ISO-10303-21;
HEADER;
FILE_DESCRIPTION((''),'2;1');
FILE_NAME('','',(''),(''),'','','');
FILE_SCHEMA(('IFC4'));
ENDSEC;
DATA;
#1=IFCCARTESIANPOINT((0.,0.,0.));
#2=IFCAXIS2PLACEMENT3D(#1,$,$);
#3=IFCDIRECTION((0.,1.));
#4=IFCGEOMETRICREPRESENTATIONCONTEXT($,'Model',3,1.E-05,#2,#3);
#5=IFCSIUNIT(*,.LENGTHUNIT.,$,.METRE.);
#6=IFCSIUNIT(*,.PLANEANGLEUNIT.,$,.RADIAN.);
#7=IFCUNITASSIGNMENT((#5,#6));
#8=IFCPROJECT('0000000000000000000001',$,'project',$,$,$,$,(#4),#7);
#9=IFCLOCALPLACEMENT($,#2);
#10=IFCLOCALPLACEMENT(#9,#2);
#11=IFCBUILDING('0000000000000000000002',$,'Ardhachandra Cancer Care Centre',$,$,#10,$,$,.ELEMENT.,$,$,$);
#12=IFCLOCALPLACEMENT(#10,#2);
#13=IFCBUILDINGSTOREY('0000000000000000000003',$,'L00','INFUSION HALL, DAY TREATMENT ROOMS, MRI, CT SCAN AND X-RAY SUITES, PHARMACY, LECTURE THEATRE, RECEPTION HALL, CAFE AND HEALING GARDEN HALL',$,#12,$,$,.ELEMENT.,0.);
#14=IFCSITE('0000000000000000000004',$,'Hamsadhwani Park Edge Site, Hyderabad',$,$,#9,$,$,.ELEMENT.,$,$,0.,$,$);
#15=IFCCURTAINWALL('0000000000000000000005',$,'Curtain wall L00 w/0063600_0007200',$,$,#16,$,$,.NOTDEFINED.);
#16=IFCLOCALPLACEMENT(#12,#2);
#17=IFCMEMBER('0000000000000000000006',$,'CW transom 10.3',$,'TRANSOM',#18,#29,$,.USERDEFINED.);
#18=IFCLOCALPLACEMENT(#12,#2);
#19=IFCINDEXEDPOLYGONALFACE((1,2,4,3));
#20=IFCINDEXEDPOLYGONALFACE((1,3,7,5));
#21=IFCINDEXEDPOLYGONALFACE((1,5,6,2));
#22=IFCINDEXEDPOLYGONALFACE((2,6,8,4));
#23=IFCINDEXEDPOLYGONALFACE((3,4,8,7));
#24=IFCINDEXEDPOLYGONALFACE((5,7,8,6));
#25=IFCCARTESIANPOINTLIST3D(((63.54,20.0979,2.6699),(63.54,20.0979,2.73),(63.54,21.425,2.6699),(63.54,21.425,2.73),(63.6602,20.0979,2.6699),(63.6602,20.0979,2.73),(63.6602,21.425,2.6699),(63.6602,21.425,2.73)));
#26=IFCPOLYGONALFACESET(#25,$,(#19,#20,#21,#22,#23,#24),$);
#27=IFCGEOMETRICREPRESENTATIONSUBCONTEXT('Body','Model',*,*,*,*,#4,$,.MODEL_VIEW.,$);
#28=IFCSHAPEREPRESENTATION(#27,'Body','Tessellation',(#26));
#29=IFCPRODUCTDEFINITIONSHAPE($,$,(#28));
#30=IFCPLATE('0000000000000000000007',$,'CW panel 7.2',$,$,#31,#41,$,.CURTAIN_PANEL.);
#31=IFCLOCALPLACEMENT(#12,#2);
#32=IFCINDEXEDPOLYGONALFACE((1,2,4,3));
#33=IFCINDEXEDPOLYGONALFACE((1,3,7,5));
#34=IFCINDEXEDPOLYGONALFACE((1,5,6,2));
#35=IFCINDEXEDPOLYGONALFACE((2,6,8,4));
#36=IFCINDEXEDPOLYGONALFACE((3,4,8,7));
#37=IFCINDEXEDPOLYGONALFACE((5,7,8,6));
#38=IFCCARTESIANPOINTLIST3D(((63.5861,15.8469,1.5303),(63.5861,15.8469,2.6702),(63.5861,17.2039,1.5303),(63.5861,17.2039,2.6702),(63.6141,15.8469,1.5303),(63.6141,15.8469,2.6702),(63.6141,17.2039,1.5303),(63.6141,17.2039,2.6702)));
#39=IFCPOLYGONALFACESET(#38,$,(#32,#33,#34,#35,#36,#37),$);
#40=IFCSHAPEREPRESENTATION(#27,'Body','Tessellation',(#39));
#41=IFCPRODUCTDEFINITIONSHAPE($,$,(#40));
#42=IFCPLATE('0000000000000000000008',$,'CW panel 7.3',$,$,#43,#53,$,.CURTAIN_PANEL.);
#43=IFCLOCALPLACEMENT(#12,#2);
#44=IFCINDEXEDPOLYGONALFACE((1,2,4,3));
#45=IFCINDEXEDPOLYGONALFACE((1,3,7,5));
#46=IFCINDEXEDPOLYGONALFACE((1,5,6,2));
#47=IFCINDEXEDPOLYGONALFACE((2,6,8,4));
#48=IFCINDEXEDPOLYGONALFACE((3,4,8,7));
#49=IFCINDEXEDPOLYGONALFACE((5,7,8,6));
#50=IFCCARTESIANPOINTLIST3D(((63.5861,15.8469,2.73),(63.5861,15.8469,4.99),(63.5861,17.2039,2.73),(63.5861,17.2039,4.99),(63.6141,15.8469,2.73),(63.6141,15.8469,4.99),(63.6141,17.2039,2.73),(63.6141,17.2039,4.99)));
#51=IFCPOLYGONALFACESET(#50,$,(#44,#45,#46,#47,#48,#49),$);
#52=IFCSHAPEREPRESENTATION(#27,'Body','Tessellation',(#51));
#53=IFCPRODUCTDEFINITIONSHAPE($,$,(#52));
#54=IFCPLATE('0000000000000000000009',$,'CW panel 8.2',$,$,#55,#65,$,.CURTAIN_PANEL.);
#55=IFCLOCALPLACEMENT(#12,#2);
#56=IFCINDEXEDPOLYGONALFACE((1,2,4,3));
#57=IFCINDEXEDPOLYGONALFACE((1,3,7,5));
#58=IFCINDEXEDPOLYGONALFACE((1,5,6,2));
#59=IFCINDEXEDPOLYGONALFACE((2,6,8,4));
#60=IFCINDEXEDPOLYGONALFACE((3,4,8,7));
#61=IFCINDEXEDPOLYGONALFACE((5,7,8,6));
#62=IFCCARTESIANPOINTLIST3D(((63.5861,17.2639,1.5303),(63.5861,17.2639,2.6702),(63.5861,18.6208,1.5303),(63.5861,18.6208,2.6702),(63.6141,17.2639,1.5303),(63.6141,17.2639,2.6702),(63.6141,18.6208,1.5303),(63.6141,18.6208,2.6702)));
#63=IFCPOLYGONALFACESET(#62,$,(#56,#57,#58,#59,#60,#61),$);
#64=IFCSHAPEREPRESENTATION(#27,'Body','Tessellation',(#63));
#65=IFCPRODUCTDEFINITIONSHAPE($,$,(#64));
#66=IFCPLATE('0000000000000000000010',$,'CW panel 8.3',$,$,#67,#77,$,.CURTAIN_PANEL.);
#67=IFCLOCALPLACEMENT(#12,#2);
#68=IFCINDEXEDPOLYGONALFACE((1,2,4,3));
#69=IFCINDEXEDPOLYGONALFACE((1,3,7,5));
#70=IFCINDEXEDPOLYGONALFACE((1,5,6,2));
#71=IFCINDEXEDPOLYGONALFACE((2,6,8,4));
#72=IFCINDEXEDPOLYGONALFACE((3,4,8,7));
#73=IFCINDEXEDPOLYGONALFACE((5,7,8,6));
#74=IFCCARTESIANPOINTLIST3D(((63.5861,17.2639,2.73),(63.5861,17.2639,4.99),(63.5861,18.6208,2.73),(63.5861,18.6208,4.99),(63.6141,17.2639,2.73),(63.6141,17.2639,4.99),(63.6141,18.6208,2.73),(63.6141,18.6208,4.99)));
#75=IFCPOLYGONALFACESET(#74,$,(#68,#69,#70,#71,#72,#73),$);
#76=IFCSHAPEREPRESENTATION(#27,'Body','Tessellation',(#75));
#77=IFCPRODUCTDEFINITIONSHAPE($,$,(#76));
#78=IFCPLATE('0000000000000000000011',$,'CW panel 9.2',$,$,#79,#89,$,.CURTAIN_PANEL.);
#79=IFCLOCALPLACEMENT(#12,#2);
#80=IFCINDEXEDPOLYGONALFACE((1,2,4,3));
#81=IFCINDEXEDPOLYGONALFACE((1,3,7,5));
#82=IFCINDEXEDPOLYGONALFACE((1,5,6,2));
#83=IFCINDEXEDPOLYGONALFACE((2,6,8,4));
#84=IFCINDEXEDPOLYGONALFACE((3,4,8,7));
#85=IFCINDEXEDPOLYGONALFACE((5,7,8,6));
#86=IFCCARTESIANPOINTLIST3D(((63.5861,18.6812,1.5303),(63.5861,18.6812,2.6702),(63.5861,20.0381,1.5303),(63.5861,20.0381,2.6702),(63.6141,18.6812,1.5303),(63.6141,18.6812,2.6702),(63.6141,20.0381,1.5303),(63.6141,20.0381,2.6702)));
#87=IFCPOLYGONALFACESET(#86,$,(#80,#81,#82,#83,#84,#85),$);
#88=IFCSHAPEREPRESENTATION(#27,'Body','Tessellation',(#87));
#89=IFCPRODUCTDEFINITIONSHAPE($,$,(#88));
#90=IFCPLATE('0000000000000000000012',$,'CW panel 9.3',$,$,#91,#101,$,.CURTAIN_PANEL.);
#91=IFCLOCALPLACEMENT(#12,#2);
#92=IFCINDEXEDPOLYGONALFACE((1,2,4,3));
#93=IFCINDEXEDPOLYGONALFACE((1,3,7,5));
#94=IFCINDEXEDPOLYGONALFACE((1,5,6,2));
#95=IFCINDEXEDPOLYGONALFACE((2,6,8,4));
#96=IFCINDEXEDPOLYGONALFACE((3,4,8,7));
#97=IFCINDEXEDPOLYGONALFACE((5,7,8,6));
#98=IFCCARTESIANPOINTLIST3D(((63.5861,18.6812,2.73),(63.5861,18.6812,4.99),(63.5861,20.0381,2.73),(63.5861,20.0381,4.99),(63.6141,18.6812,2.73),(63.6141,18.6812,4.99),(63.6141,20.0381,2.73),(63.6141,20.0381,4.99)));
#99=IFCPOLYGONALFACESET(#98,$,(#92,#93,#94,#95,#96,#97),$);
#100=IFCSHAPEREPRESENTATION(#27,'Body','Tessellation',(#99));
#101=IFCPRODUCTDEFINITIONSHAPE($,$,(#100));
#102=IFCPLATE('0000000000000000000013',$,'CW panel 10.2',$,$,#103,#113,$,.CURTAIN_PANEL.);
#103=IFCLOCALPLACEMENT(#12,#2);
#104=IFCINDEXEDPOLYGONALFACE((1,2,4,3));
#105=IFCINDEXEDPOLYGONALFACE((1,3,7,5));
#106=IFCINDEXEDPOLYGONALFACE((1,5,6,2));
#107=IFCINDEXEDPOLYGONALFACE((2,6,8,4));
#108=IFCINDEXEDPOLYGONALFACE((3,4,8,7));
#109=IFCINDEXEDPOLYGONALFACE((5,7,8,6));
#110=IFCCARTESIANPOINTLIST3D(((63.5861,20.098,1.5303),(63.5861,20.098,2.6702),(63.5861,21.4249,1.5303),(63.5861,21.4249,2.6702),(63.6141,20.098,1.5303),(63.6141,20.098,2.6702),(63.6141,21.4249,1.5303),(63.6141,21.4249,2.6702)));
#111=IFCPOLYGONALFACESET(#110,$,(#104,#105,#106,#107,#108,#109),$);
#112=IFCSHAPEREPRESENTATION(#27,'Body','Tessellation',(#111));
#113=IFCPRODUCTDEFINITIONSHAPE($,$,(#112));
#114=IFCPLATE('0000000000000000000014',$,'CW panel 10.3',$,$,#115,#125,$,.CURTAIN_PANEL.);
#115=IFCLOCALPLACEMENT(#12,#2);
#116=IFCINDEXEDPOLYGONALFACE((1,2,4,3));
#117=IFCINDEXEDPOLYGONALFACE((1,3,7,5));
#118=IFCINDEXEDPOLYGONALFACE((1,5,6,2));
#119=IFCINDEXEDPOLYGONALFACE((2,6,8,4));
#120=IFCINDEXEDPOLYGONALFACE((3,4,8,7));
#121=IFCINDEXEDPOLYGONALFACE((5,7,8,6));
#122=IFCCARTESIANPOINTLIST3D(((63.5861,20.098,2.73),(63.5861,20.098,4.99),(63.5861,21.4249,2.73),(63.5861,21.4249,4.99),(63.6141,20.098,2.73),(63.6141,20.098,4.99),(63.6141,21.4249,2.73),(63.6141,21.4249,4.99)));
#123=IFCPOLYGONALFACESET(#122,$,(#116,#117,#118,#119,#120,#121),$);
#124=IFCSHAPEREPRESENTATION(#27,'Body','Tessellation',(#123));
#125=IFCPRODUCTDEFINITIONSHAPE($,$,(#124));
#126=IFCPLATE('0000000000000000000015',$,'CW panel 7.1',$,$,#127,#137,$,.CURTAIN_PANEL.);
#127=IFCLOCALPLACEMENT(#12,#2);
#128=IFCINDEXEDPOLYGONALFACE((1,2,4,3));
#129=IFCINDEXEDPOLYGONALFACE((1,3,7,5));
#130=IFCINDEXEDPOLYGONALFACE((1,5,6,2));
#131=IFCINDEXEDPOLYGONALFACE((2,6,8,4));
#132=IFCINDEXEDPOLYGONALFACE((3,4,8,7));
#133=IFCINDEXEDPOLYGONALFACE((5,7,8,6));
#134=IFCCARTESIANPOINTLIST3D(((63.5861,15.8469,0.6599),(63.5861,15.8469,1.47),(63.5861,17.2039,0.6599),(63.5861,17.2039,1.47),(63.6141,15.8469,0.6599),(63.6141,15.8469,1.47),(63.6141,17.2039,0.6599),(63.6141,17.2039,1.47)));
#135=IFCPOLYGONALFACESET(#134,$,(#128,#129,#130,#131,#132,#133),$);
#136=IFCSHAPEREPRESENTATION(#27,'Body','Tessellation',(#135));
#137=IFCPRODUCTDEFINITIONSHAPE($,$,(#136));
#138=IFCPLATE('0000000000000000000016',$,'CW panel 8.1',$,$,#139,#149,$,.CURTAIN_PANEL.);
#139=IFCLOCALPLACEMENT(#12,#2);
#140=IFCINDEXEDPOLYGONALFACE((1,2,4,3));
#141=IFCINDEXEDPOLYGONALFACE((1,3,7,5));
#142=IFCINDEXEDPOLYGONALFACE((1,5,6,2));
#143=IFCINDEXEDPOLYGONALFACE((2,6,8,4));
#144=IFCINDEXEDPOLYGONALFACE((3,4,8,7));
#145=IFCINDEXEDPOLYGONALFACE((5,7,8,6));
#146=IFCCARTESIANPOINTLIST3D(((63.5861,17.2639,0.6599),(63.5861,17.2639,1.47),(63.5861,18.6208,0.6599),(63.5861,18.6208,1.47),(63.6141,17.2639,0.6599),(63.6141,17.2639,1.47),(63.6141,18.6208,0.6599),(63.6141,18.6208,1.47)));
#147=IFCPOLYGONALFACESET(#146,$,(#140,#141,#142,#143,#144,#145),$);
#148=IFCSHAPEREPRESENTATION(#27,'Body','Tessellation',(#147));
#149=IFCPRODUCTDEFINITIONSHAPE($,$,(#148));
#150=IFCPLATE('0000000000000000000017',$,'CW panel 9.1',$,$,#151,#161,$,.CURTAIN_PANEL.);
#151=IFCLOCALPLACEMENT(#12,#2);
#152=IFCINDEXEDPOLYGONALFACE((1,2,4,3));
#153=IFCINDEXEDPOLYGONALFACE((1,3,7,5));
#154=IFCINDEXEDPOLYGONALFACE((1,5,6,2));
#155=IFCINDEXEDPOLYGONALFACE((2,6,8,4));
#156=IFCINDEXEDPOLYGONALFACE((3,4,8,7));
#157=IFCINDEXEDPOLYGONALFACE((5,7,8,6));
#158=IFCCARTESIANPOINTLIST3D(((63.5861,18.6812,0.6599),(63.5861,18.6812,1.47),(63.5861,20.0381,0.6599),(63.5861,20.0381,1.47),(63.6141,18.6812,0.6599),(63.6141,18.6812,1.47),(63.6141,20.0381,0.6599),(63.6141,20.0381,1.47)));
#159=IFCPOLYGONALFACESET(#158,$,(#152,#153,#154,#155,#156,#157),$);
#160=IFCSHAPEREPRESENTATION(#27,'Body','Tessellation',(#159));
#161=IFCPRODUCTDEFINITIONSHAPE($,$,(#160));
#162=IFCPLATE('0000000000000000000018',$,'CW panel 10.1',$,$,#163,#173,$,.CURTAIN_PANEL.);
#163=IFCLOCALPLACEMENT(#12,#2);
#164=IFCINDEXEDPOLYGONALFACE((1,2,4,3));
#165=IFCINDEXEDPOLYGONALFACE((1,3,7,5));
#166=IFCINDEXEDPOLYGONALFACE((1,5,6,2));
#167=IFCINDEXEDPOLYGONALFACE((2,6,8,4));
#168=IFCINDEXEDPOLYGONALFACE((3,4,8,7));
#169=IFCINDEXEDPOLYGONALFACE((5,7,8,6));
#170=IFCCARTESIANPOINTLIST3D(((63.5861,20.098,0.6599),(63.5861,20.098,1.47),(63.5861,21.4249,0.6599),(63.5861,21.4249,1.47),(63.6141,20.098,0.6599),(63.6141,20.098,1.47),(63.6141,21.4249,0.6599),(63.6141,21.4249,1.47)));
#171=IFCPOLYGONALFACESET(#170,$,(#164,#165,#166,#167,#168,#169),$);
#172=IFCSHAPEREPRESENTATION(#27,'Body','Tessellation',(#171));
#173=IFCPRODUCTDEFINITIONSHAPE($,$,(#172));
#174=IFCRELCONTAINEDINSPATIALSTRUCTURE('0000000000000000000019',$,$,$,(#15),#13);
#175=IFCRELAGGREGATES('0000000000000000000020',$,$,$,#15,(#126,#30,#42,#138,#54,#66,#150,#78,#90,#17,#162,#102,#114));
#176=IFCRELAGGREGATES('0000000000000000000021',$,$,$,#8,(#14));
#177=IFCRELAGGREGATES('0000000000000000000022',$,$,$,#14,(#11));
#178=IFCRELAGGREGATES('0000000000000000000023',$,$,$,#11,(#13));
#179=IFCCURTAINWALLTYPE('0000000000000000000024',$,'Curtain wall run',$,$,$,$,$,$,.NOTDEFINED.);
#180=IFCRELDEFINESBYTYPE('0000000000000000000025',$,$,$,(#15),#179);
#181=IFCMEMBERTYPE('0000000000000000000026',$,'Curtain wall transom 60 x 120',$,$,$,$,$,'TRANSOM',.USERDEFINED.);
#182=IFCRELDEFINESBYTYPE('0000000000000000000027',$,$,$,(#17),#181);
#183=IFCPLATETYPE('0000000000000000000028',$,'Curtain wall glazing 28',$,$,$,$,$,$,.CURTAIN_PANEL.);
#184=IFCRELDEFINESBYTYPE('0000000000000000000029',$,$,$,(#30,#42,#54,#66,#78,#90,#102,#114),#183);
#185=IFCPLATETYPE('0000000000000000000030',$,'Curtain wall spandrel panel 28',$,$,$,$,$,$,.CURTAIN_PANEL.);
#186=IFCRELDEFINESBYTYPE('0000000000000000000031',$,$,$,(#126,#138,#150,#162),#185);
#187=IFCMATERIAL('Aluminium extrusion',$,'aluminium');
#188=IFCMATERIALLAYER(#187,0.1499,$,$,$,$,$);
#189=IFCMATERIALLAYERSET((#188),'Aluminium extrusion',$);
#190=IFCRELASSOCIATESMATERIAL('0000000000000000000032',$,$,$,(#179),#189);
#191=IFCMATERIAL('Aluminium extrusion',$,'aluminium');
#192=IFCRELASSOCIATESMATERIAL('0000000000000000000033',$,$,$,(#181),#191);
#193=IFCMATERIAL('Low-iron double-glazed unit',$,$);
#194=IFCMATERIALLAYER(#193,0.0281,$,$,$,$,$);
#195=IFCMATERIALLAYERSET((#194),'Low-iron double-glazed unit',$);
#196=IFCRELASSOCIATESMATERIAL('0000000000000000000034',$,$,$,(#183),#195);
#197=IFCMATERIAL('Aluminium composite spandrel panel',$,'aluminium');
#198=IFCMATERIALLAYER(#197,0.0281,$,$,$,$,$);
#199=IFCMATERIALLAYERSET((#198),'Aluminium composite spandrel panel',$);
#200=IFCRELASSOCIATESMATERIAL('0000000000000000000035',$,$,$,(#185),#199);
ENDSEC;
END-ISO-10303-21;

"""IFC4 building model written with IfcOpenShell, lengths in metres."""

from ifc_helpers import new_model, si_unit, direction, frame, origin, origin_2d, place, context, subcontext, project, spatial, rectangle, extrude, material, layer, layer_set, material_profile, profile_set, type_object, element, aggregate, save


model = new_model("IFC4")

# Units and contexts
model_context = context("Model", 3, precision=1e-05, world=origin(), true_north=direction((0.0, 1.0)))
body_context = subcontext(model_context, "Body", "Model", "MODEL_VIEW")
ifc_project = project(units=[si_unit("LENGTHUNIT", "METRE"), si_unit("PLANEANGLEUNIT", "RADIAN")], contexts=[model_context])

# Site, building, storey
site_placement = place(None, origin())
site = spatial("IfcSite", under=ifc_project, at=site_placement, Name="Hamsadhwani Park Edge Site, Hyderabad", CompositionType="ELEMENT", RefElevation=0.0)
building_placement = place(site_placement, origin())
building = spatial("IfcBuilding", under=site, at=building_placement, Name="Ardhachandra Cancer Care Centre", CompositionType="ELEMENT")
storey_placement = place(building_placement, origin())
storey = spatial("IfcBuildingStorey", under=building, at=storey_placement, Name="L00", Description="INFUSION HALL, DAY TREATMENT ROOMS, MRI, CT SCAN AND X-RAY SUITES, PHARMACY, LECTURE THEATRE, RECEPTION HALL, CAFE AND HEALING GARDEN HALL", CompositionType="ELEMENT", Elevation=0.0)

# Curtain wall, member, plates
ifc_material_1 = material(Name="Aluminium extrusion", Category="aluminium")
ifc_layer_1 = layer(ifc_material_1, 0.1499)
ifc_layer_set_1 = layer_set([ifc_layer_1], Name="Aluminium extrusion")
curtain_wall_type = type_object("IfcCurtainWallType", Name="Curtain wall run", PredefinedType="NOTDEFINED", material=ifc_layer_set_1)
curtain_wall_placement = place(storey_placement, origin())
curtain_wall = element("IfcCurtainWall", 1, at=curtain_wall_placement, inside=storey, type_object=curtain_wall_type, Name="Curtain wall L00 w/0063600_0007200", PredefinedType="NOTDEFINED")
ifc_material_2 = material(Name="Aluminium extrusion", Category="aluminium")
ifc_material_profile_1 = material_profile(ifc_material_2, rectangle(XDim=0.1201, YDim=0.0601, at=origin_2d()), Name="Curtain wall transom 60 x 120")
ifc_profile_set_1 = profile_set([ifc_material_profile_1], Name="Aluminium extrusion")
member_type_1 = type_object("IfcMemberType", Name="Curtain wall transom 60 x 120", ElementType="TRANSOM", PredefinedType="USERDEFINED", material=ifc_profile_set_1)
member_1_placement = place(storey_placement, frame((63.6001, 20.0979, 2.7), z_axis=(0.0, 1.0, 0.0), x_axis=(-1.0, 0.0, 0.0)))
member_1 = element("IfcMember", 2, at=member_1_placement, type_object=member_type_1, Name="CW transom 10.3", ObjectType="TRANSOM", PredefinedType="USERDEFINED", context=body_context, shape_type="SweptSolid", body=[
    extrude(rectangle(XDim=0.1201, YDim=0.0601, at=origin_2d()), origin(), (0.0, 0.0, 1.0), 1.3271),
])
ifc_material_3 = material(Name="Low-iron double-glazed unit")
ifc_layer_2 = layer(ifc_material_3, 0.0281)
ifc_layer_set_2 = layer_set([ifc_layer_2], Name="Low-iron double-glazed unit")
plate_type_1 = type_object("IfcPlateType", Name="Curtain wall glazing 28", PredefinedType="CURTAIN_PANEL", material=ifc_layer_set_2)
plate_1_placement = place(storey_placement, frame((63.6001, 16.5254, 1.5303), z_axis=(0.0, 0.0, 1.0), x_axis=(0.0, 1.0, 0.0)))
plate_1 = element("IfcPlate", 3, at=plate_1_placement, type_object=plate_type_1, Name="CW panel 7.2", PredefinedType="CURTAIN_PANEL", context=body_context, shape_type="SweptSolid", body=[
    extrude(rectangle(XDim=1.3569, YDim=0.0281, at=origin_2d()), origin(), (0.0, 0.0, 1.0), 1.1399),
])
plate_2_placement = place(storey_placement, frame((63.6001, 16.5254, 2.73), z_axis=(0.0, 0.0, 1.0), x_axis=(0.0, 1.0, 0.0)))
plate_2 = element("IfcPlate", 4, at=plate_2_placement, type_object=plate_type_1, Name="CW panel 7.3", PredefinedType="CURTAIN_PANEL", context=body_context, shape_type="SweptSolid", body=[
    extrude(rectangle(XDim=1.3569, YDim=0.0281, at=origin_2d()), origin(), (0.0, 0.0, 1.0), 2.26),
])
plate_3_placement = place(storey_placement, frame((63.6001, 17.9424, 1.5303), z_axis=(0.0, 0.0, 1.0), x_axis=(0.0, 1.0, 0.0)))
plate_3 = element("IfcPlate", 5, at=plate_3_placement, type_object=plate_type_1, Name="CW panel 8.2", PredefinedType="CURTAIN_PANEL", context=body_context, shape_type="SweptSolid", body=[
    extrude(rectangle(XDim=1.3569, YDim=0.0281, at=origin_2d()), origin(), (0.0, 0.0, 1.0), 1.1399),
])
plate_4_placement = place(storey_placement, frame((63.6001, 17.9424, 2.73), z_axis=(0.0, 0.0, 1.0), x_axis=(0.0, 1.0, 0.0)))
plate_4 = element("IfcPlate", 6, at=plate_4_placement, type_object=plate_type_1, Name="CW panel 8.3", PredefinedType="CURTAIN_PANEL", context=body_context, shape_type="SweptSolid", body=[
    extrude(rectangle(XDim=1.3569, YDim=0.0281, at=origin_2d()), origin(), (0.0, 0.0, 1.0), 2.26),
])
plate_5_placement = place(storey_placement, frame((63.6001, 19.3596, 1.5303), z_axis=(0.0, 0.0, 1.0), x_axis=(0.0, 1.0, 0.0)))
plate_5 = element("IfcPlate", 7, at=plate_5_placement, type_object=plate_type_1, Name="CW panel 9.2", PredefinedType="CURTAIN_PANEL", context=body_context, shape_type="SweptSolid", body=[
    extrude(rectangle(XDim=1.3569, YDim=0.0281, at=origin_2d()), origin(), (0.0, 0.0, 1.0), 1.1399),
])
plate_6_placement = place(storey_placement, frame((63.6001, 19.3596, 2.73), z_axis=(0.0, 0.0, 1.0), x_axis=(0.0, 1.0, 0.0)))
plate_6 = element("IfcPlate", 8, at=plate_6_placement, type_object=plate_type_1, Name="CW panel 9.3", PredefinedType="CURTAIN_PANEL", context=body_context, shape_type="SweptSolid", body=[
    extrude(rectangle(XDim=1.3569, YDim=0.0281, at=origin_2d()), origin(), (0.0, 0.0, 1.0), 2.26),
])
plate_7_placement = place(storey_placement, frame((63.6001, 20.7615, 1.5303), z_axis=(0.0, 0.0, 1.0), x_axis=(0.0, 1.0, 0.0)))
plate_7 = element("IfcPlate", 9, at=plate_7_placement, type_object=plate_type_1, Name="CW panel 10.2", PredefinedType="CURTAIN_PANEL", context=body_context, shape_type="SweptSolid", body=[
    extrude(rectangle(XDim=1.3269, YDim=0.0281, at=origin_2d()), origin(), (0.0, 0.0, 1.0), 1.1399),
])
plate_8_placement = place(storey_placement, frame((63.6001, 20.7615, 2.73), z_axis=(0.0, 0.0, 1.0), x_axis=(0.0, 1.0, 0.0)))
plate_8 = element("IfcPlate", 10, at=plate_8_placement, type_object=plate_type_1, Name="CW panel 10.3", PredefinedType="CURTAIN_PANEL", context=body_context, shape_type="SweptSolid", body=[
    extrude(rectangle(XDim=1.3269, YDim=0.0281, at=origin_2d()), origin(), (0.0, 0.0, 1.0), 2.26),
])
ifc_material_4 = material(Name="Aluminium composite spandrel panel", Category="aluminium")
ifc_layer_3 = layer(ifc_material_4, 0.0281)
ifc_layer_set_3 = layer_set([ifc_layer_3], Name="Aluminium composite spandrel panel")
plate_type_2 = type_object("IfcPlateType", Name="Curtain wall spandrel panel 28", PredefinedType="CURTAIN_PANEL", material=ifc_layer_set_3)
plate_9_placement = place(storey_placement, frame((63.6001, 16.5254, 0.6599), z_axis=(0.0, 0.0, 1.0), x_axis=(0.0, 1.0, 0.0)))
plate_9 = element("IfcPlate", 11, at=plate_9_placement, type_object=plate_type_2, Name="CW panel 7.1", PredefinedType="CURTAIN_PANEL", context=body_context, shape_type="SweptSolid", body=[
    extrude(rectangle(XDim=1.3569, YDim=0.0281, at=origin_2d()), origin(), (0.0, 0.0, 1.0), 0.8101),
])
plate_10_placement = place(storey_placement, frame((63.6001, 17.9424, 0.6599), z_axis=(0.0, 0.0, 1.0), x_axis=(0.0, 1.0, 0.0)))
plate_10 = element("IfcPlate", 12, at=plate_10_placement, type_object=plate_type_2, Name="CW panel 8.1", PredefinedType="CURTAIN_PANEL", context=body_context, shape_type="SweptSolid", body=[
    extrude(rectangle(XDim=1.3569, YDim=0.0281, at=origin_2d()), origin(), (0.0, 0.0, 1.0), 0.8101),
])
plate_11_placement = place(storey_placement, frame((63.6001, 19.3596, 0.6599), z_axis=(0.0, 0.0, 1.0), x_axis=(0.0, 1.0, 0.0)))
plate_11 = element("IfcPlate", 13, at=plate_11_placement, type_object=plate_type_2, Name="CW panel 9.1", PredefinedType="CURTAIN_PANEL", context=body_context, shape_type="SweptSolid", body=[
    extrude(rectangle(XDim=1.3569, YDim=0.0281, at=origin_2d()), origin(), (0.0, 0.0, 1.0), 0.8101),
])
plate_12_placement = place(storey_placement, frame((63.6001, 20.7615, 0.6599), z_axis=(0.0, 0.0, 1.0), x_axis=(0.0, 1.0, 0.0)))
plate_12 = element("IfcPlate", 14, at=plate_12_placement, type_object=plate_type_2, Name="CW panel 10.1", PredefinedType="CURTAIN_PANEL", context=body_context, shape_type="SweptSolid", body=[
    extrude(rectangle(XDim=1.3269, YDim=0.0281, at=origin_2d()), origin(), (0.0, 0.0, 1.0), 0.8101),
])
aggregate(curtain_wall, [plate_9, plate_1, plate_2, plate_10, plate_3, plate_4, plate_11, plate_5, plate_6, member_1, plate_12, plate_7, plate_8])

save(model, "model.ifc")
